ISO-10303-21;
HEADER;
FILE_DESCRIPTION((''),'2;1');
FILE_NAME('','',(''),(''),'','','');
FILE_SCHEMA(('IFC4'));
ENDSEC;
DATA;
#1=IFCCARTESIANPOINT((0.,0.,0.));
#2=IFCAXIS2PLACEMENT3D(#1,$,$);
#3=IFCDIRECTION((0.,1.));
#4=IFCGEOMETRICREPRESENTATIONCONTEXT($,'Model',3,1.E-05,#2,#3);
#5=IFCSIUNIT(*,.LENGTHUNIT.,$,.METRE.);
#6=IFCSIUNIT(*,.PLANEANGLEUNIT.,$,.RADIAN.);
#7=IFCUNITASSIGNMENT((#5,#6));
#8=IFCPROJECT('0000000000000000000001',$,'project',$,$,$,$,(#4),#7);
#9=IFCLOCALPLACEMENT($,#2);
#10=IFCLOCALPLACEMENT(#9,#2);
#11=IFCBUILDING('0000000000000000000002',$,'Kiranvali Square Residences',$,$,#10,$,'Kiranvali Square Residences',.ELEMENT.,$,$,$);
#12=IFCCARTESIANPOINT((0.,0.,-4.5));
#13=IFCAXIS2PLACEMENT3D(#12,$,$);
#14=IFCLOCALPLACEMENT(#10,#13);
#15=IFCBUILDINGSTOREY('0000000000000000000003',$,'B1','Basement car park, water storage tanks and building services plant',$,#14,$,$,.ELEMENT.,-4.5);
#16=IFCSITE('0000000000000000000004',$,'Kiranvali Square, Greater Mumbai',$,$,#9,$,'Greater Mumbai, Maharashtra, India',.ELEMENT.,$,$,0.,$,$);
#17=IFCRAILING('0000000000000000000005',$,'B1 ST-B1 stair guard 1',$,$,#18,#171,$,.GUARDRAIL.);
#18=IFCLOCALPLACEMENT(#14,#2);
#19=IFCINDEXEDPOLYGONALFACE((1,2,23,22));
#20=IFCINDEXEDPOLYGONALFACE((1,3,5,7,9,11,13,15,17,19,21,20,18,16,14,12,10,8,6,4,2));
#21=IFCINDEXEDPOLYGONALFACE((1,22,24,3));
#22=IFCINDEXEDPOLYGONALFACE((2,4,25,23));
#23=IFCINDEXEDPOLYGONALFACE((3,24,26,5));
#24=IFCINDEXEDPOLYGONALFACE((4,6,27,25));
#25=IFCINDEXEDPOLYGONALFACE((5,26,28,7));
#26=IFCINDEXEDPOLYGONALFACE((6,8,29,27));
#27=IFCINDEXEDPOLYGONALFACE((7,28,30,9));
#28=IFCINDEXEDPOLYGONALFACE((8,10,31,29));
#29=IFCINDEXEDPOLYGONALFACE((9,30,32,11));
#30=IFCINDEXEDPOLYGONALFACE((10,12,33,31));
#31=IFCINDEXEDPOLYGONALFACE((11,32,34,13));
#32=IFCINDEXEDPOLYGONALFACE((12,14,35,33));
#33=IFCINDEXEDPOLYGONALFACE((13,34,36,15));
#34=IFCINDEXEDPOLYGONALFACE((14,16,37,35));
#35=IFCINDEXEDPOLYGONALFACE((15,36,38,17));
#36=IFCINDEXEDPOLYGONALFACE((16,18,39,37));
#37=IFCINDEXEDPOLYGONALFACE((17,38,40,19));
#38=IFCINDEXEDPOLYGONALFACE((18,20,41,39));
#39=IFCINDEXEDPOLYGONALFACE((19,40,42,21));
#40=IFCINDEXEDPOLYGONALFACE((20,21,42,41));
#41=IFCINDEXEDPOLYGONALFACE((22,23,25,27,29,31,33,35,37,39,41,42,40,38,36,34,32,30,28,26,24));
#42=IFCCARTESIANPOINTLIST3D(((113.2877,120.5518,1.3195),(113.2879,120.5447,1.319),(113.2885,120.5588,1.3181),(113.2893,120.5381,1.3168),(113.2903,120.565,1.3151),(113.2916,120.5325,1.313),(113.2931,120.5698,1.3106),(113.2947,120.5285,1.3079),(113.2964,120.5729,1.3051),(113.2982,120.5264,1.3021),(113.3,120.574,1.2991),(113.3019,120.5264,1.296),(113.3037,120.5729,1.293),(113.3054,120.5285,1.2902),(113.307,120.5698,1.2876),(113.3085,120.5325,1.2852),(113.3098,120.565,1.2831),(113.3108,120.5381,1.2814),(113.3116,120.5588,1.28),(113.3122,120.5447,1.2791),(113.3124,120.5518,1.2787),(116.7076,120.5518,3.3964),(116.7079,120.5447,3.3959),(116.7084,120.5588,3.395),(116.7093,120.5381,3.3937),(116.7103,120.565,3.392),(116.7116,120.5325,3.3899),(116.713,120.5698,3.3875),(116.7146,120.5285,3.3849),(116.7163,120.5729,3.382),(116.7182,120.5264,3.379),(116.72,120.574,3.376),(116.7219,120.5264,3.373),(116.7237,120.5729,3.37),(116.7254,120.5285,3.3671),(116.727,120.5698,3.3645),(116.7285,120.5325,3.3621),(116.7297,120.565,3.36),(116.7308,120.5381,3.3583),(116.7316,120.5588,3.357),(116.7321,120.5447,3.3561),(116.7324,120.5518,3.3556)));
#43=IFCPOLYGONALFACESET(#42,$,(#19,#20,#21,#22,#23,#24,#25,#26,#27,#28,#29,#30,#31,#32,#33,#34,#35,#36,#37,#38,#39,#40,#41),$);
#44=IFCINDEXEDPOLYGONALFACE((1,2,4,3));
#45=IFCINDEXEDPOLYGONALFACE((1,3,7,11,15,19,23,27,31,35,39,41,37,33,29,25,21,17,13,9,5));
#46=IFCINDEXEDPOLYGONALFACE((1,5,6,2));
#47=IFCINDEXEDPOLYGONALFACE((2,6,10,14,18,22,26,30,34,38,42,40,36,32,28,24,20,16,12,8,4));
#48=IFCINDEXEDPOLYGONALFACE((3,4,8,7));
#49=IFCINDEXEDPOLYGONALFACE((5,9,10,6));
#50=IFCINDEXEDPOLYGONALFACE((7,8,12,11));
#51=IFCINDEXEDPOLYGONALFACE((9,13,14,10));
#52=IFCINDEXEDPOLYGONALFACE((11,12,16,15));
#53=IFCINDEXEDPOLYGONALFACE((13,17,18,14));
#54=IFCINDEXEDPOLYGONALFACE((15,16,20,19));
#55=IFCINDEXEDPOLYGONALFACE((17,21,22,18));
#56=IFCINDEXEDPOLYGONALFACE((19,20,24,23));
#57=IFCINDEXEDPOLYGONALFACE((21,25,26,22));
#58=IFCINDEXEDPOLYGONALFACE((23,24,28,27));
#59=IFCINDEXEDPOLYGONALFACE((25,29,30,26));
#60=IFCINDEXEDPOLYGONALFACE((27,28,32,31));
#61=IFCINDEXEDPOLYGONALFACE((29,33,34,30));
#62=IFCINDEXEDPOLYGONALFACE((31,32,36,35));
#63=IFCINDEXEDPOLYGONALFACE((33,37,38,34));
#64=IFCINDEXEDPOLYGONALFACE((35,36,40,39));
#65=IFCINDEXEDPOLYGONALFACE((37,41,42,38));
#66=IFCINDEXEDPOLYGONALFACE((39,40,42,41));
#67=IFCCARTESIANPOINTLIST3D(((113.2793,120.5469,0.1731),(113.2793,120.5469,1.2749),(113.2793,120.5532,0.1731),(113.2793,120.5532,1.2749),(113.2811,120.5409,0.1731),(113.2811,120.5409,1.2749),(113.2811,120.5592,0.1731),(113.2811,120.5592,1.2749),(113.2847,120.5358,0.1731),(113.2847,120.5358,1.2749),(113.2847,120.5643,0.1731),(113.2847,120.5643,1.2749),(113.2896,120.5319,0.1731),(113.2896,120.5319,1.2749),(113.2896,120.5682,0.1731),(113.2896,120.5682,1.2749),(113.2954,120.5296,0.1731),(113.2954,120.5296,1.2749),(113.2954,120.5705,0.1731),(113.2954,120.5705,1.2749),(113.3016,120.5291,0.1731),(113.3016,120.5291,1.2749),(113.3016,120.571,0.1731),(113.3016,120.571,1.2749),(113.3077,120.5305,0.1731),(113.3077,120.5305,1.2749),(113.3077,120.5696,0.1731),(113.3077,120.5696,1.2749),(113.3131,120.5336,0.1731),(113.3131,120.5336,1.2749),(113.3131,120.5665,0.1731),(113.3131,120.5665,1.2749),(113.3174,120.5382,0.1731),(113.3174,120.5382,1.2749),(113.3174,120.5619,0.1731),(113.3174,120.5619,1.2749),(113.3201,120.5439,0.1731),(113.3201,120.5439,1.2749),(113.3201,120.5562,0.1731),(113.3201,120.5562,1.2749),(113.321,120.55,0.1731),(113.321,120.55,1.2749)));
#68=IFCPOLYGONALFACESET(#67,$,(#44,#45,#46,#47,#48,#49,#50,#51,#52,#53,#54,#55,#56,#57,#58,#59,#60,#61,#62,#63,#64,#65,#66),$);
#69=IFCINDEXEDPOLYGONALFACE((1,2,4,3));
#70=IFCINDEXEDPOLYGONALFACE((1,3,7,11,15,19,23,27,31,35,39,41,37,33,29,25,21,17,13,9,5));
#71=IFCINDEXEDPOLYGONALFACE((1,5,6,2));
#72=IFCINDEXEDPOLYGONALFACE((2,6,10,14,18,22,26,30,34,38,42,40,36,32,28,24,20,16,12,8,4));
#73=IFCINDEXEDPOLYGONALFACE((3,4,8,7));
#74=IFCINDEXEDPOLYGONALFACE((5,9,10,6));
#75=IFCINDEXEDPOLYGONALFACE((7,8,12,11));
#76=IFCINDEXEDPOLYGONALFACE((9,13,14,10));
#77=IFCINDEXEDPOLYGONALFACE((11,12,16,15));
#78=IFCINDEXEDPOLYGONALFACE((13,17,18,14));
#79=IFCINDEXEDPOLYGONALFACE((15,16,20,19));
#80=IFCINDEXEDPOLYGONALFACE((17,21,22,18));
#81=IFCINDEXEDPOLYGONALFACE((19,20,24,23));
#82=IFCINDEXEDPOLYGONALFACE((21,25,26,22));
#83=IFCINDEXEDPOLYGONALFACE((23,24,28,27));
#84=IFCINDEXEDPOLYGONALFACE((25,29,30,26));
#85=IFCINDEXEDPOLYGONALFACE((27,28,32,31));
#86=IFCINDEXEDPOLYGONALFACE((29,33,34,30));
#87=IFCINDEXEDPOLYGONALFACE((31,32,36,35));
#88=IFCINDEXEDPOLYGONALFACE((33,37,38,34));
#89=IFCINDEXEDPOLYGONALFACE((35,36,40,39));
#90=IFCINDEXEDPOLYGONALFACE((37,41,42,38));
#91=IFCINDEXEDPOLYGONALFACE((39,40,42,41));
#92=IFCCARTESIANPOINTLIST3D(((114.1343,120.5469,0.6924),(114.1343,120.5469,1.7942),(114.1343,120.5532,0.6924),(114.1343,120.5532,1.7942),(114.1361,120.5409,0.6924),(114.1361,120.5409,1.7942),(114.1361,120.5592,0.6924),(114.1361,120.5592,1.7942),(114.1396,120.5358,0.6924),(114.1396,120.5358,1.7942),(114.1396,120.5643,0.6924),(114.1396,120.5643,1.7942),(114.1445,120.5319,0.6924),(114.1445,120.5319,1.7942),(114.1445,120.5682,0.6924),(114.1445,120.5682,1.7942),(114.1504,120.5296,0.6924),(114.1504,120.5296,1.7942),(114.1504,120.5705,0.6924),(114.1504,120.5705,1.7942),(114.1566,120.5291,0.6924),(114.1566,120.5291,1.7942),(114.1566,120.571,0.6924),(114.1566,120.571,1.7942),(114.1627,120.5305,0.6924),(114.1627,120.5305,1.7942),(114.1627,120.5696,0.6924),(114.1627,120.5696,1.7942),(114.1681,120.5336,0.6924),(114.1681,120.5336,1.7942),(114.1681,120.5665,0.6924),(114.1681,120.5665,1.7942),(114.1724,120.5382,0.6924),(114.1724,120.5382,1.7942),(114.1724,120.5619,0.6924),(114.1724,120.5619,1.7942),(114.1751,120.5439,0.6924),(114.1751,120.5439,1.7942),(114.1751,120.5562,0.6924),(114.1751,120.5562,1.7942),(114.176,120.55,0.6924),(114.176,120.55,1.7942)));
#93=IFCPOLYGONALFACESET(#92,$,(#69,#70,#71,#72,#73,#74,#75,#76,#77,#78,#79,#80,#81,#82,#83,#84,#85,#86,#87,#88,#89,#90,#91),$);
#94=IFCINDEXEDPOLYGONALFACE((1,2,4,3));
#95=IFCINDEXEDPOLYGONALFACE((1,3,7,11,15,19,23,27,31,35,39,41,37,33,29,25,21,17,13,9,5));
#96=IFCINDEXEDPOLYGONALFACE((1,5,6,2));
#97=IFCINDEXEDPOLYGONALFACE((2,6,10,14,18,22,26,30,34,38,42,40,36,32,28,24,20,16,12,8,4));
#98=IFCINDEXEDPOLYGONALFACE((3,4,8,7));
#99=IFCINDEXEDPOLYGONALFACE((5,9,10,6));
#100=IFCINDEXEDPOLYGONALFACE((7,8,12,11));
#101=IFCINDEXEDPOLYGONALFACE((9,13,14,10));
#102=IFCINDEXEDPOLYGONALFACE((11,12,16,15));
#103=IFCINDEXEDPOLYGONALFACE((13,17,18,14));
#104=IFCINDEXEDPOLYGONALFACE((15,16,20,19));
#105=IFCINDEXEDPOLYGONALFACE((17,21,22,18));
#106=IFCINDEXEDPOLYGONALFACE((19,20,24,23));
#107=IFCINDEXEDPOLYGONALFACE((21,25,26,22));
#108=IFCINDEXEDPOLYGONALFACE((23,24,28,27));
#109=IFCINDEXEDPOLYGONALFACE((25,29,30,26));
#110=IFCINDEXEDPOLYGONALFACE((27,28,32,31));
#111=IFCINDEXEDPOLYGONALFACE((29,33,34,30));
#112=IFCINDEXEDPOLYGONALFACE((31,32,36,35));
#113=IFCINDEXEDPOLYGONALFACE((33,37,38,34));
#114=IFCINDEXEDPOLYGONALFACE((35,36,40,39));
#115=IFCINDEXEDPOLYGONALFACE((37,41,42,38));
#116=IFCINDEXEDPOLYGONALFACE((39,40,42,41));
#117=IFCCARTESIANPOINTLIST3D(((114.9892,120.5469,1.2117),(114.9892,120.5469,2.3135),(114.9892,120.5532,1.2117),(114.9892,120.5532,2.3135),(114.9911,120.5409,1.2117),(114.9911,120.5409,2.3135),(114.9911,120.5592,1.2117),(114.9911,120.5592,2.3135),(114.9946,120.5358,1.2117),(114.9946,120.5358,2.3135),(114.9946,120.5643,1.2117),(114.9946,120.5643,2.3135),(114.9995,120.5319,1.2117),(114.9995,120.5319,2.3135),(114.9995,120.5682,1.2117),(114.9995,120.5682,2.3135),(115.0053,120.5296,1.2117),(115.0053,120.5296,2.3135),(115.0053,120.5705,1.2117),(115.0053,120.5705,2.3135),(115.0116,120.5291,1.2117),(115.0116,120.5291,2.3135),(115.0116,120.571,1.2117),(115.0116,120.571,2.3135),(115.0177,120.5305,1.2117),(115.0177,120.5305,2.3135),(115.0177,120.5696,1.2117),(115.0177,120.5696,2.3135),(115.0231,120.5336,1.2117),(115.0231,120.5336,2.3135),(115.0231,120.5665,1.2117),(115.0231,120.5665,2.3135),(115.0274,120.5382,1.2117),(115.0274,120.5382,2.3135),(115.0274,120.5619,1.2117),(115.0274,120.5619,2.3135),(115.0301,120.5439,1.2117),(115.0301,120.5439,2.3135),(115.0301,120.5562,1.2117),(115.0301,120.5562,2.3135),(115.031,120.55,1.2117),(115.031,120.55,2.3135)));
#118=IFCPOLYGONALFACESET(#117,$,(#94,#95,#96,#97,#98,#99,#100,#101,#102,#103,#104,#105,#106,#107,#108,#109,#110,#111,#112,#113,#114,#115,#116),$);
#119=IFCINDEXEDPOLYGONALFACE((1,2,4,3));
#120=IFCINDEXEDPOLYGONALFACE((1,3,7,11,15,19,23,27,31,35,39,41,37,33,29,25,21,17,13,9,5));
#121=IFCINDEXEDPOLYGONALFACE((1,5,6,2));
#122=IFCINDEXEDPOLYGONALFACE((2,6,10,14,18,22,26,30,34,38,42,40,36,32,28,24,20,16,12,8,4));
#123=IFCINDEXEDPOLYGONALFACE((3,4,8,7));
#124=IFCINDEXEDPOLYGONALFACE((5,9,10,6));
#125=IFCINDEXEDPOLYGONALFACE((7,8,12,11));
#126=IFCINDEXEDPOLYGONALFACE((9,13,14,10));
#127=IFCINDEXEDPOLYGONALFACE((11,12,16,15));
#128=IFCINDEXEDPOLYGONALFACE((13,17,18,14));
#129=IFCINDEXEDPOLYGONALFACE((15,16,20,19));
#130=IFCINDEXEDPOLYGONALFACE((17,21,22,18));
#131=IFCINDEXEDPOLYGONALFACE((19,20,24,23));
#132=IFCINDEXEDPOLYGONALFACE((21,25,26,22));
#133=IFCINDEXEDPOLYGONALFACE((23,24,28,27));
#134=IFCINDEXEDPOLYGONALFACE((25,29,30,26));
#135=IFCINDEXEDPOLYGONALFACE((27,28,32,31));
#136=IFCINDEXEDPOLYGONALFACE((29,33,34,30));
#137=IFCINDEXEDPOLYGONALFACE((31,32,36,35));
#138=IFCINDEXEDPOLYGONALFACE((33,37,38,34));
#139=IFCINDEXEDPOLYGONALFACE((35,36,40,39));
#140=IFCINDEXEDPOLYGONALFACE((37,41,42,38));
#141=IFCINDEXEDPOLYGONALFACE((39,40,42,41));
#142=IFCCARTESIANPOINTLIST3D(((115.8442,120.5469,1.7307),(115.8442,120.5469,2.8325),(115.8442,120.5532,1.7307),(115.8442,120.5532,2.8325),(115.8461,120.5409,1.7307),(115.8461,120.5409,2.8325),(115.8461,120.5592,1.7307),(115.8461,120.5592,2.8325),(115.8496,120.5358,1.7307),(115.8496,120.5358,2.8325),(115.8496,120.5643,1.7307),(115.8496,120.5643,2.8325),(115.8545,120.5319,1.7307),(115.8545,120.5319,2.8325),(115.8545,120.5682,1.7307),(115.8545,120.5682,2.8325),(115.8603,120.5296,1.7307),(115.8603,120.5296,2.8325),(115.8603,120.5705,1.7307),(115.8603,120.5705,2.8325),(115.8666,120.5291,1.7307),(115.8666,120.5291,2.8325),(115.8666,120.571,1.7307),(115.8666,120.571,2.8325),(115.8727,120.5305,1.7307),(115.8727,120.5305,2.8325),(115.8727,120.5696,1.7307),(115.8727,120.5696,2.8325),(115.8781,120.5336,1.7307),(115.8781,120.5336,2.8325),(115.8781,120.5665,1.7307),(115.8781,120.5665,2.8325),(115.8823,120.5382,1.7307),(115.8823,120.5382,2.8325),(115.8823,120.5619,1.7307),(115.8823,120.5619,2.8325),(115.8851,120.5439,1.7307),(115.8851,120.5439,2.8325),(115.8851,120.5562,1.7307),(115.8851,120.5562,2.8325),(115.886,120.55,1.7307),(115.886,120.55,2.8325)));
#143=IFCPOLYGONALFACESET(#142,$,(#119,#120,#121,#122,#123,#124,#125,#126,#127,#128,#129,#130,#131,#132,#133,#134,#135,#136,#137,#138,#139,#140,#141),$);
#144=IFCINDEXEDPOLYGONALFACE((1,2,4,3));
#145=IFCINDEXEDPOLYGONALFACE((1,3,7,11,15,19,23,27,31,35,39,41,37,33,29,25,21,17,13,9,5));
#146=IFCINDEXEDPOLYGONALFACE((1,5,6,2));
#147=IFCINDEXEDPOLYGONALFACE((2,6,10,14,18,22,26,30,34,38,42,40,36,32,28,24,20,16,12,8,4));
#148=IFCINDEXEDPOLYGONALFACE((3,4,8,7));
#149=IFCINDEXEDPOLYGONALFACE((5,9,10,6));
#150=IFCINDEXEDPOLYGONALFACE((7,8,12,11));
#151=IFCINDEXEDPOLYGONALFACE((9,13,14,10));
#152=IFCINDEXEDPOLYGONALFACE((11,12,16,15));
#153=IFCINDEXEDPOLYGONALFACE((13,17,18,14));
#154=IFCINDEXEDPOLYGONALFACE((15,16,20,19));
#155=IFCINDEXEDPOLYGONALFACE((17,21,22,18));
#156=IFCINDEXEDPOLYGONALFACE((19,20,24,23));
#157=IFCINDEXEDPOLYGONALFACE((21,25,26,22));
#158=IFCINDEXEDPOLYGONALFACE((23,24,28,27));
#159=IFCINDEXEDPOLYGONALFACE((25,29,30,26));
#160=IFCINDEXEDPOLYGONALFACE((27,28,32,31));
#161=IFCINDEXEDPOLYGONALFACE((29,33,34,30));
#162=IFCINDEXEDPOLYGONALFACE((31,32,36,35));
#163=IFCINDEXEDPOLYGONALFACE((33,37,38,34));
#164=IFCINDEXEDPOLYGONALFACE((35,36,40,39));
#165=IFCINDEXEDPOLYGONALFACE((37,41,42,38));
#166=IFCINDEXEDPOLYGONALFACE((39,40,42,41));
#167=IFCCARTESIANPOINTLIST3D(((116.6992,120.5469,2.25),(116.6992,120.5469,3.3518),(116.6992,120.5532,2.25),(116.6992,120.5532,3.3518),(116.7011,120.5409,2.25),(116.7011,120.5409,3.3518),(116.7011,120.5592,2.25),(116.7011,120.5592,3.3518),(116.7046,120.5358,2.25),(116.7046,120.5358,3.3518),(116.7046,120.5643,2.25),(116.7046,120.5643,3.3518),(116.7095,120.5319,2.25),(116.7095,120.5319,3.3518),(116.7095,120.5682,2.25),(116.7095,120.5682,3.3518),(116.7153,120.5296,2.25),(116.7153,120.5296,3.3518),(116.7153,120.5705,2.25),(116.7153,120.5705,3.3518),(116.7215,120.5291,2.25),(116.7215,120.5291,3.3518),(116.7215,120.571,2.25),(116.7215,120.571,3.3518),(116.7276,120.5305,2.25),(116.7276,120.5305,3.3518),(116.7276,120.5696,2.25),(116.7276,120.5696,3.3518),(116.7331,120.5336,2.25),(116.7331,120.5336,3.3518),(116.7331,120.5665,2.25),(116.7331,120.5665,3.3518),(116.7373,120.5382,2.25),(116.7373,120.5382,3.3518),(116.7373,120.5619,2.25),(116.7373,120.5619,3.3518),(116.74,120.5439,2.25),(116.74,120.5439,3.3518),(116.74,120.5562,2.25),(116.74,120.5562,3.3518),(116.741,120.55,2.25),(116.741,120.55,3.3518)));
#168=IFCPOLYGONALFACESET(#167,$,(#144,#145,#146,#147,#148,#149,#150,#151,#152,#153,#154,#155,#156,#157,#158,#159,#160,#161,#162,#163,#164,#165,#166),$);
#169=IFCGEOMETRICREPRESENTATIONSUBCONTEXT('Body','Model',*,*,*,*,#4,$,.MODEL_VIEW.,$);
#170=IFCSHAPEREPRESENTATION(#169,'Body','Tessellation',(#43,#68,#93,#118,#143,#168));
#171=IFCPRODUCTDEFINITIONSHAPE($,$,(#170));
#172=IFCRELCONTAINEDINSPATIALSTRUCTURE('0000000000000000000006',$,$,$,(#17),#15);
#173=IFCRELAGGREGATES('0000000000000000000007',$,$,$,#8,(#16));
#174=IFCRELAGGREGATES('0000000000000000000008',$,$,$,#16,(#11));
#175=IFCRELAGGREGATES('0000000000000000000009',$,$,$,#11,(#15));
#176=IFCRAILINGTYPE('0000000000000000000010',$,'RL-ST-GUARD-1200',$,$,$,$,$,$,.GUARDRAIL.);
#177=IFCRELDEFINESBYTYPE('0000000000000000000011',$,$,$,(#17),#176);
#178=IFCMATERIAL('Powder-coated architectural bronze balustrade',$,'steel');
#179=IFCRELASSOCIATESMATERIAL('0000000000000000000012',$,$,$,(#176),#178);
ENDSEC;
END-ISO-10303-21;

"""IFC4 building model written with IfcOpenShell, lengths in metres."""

from ifc_helpers import new_model, si_unit, direction, frame, origin, origin_2d, place, context, subcontext, project, spatial, circle, extrude, material, type_object, element, save


model = new_model("IFC4")

# Units and contexts
model_context = context("Model", 3, precision=1e-05, world=origin(), true_north=direction((0.0, 1.0)))
body_context = subcontext(model_context, "Body", "Model", "MODEL_VIEW")
ifc_project = project(units=[si_unit("LENGTHUNIT", "METRE"), si_unit("PLANEANGLEUNIT", "RADIAN")], contexts=[model_context])

# Site, building, storey
site_placement = place(None, origin())
site = spatial("IfcSite", under=ifc_project, at=site_placement, Name="Kiranvali Square, Greater Mumbai", LongName="Greater Mumbai, Maharashtra, India", CompositionType="ELEMENT", RefElevation=0.0)
building_placement = place(site_placement, origin())
building = spatial("IfcBuilding", under=site, at=building_placement, Name="Kiranvali Square Residences", LongName="Kiranvali Square Residences", CompositionType="ELEMENT")
storey_placement = place(building_placement, frame((0.0, 0.0, -4.5)))
storey = spatial("IfcBuildingStorey", under=building, at=storey_placement, Name="B1", Description="Basement car park, water storage tanks and building services plant", CompositionType="ELEMENT", Elevation=-4.5)

# Railing
ifc_material_1 = material(Name="Powder-coated architectural bronze balustrade", Category="steel")
railing_type_1 = type_object("IfcRailingType", Name="RL-ST-GUARD-1200", PredefinedType="GUARDRAIL", material=ifc_material_1)
railing_1_placement = place(storey_placement, frame((113.3, 120.55, 0.1731)))
element("IfcRailing", 1, at=railing_1_placement, inside=storey, type_object=railing_type_1, Name="B1 ST-B1 stair guard 1", PredefinedType="GUARDRAIL", context=body_context, shape_type="SweptSolid", body=[
    extrude(circle(Radius=0.0239, at=origin_2d()), frame((0.0, 0.0, 1.126), z_axis=(0.85473, 0.0, 0.519074), x_axis=(0.0, 1.0, 0.0)), (0.0, 0.0, 1.0), 4.0012),
    extrude(circle(Radius=0.021, at=origin_2d()), origin(), (0.0, 0.0, 1.0), 1.1018),
    extrude(circle(Radius=0.021, at=origin_2d()), frame((0.855, 0.0, 0.5193)), (0.0, 0.0, 1.0), 1.1018),
    extrude(circle(Radius=0.021, at=origin_2d()), frame((1.71, 0.0, 1.0386)), (0.0, 0.0, 1.0), 1.1018),
    extrude(circle(Radius=0.021, at=origin_2d()), frame((2.5649, 0.0, 1.5576)), (0.0, 0.0, 1.0), 1.1018),
    extrude(circle(Radius=0.021, at=origin_2d()), frame((3.4199, 0.0, 2.0769)), (0.0, 0.0, 1.0), 1.1018),
])

save(model, "model.ifc")
